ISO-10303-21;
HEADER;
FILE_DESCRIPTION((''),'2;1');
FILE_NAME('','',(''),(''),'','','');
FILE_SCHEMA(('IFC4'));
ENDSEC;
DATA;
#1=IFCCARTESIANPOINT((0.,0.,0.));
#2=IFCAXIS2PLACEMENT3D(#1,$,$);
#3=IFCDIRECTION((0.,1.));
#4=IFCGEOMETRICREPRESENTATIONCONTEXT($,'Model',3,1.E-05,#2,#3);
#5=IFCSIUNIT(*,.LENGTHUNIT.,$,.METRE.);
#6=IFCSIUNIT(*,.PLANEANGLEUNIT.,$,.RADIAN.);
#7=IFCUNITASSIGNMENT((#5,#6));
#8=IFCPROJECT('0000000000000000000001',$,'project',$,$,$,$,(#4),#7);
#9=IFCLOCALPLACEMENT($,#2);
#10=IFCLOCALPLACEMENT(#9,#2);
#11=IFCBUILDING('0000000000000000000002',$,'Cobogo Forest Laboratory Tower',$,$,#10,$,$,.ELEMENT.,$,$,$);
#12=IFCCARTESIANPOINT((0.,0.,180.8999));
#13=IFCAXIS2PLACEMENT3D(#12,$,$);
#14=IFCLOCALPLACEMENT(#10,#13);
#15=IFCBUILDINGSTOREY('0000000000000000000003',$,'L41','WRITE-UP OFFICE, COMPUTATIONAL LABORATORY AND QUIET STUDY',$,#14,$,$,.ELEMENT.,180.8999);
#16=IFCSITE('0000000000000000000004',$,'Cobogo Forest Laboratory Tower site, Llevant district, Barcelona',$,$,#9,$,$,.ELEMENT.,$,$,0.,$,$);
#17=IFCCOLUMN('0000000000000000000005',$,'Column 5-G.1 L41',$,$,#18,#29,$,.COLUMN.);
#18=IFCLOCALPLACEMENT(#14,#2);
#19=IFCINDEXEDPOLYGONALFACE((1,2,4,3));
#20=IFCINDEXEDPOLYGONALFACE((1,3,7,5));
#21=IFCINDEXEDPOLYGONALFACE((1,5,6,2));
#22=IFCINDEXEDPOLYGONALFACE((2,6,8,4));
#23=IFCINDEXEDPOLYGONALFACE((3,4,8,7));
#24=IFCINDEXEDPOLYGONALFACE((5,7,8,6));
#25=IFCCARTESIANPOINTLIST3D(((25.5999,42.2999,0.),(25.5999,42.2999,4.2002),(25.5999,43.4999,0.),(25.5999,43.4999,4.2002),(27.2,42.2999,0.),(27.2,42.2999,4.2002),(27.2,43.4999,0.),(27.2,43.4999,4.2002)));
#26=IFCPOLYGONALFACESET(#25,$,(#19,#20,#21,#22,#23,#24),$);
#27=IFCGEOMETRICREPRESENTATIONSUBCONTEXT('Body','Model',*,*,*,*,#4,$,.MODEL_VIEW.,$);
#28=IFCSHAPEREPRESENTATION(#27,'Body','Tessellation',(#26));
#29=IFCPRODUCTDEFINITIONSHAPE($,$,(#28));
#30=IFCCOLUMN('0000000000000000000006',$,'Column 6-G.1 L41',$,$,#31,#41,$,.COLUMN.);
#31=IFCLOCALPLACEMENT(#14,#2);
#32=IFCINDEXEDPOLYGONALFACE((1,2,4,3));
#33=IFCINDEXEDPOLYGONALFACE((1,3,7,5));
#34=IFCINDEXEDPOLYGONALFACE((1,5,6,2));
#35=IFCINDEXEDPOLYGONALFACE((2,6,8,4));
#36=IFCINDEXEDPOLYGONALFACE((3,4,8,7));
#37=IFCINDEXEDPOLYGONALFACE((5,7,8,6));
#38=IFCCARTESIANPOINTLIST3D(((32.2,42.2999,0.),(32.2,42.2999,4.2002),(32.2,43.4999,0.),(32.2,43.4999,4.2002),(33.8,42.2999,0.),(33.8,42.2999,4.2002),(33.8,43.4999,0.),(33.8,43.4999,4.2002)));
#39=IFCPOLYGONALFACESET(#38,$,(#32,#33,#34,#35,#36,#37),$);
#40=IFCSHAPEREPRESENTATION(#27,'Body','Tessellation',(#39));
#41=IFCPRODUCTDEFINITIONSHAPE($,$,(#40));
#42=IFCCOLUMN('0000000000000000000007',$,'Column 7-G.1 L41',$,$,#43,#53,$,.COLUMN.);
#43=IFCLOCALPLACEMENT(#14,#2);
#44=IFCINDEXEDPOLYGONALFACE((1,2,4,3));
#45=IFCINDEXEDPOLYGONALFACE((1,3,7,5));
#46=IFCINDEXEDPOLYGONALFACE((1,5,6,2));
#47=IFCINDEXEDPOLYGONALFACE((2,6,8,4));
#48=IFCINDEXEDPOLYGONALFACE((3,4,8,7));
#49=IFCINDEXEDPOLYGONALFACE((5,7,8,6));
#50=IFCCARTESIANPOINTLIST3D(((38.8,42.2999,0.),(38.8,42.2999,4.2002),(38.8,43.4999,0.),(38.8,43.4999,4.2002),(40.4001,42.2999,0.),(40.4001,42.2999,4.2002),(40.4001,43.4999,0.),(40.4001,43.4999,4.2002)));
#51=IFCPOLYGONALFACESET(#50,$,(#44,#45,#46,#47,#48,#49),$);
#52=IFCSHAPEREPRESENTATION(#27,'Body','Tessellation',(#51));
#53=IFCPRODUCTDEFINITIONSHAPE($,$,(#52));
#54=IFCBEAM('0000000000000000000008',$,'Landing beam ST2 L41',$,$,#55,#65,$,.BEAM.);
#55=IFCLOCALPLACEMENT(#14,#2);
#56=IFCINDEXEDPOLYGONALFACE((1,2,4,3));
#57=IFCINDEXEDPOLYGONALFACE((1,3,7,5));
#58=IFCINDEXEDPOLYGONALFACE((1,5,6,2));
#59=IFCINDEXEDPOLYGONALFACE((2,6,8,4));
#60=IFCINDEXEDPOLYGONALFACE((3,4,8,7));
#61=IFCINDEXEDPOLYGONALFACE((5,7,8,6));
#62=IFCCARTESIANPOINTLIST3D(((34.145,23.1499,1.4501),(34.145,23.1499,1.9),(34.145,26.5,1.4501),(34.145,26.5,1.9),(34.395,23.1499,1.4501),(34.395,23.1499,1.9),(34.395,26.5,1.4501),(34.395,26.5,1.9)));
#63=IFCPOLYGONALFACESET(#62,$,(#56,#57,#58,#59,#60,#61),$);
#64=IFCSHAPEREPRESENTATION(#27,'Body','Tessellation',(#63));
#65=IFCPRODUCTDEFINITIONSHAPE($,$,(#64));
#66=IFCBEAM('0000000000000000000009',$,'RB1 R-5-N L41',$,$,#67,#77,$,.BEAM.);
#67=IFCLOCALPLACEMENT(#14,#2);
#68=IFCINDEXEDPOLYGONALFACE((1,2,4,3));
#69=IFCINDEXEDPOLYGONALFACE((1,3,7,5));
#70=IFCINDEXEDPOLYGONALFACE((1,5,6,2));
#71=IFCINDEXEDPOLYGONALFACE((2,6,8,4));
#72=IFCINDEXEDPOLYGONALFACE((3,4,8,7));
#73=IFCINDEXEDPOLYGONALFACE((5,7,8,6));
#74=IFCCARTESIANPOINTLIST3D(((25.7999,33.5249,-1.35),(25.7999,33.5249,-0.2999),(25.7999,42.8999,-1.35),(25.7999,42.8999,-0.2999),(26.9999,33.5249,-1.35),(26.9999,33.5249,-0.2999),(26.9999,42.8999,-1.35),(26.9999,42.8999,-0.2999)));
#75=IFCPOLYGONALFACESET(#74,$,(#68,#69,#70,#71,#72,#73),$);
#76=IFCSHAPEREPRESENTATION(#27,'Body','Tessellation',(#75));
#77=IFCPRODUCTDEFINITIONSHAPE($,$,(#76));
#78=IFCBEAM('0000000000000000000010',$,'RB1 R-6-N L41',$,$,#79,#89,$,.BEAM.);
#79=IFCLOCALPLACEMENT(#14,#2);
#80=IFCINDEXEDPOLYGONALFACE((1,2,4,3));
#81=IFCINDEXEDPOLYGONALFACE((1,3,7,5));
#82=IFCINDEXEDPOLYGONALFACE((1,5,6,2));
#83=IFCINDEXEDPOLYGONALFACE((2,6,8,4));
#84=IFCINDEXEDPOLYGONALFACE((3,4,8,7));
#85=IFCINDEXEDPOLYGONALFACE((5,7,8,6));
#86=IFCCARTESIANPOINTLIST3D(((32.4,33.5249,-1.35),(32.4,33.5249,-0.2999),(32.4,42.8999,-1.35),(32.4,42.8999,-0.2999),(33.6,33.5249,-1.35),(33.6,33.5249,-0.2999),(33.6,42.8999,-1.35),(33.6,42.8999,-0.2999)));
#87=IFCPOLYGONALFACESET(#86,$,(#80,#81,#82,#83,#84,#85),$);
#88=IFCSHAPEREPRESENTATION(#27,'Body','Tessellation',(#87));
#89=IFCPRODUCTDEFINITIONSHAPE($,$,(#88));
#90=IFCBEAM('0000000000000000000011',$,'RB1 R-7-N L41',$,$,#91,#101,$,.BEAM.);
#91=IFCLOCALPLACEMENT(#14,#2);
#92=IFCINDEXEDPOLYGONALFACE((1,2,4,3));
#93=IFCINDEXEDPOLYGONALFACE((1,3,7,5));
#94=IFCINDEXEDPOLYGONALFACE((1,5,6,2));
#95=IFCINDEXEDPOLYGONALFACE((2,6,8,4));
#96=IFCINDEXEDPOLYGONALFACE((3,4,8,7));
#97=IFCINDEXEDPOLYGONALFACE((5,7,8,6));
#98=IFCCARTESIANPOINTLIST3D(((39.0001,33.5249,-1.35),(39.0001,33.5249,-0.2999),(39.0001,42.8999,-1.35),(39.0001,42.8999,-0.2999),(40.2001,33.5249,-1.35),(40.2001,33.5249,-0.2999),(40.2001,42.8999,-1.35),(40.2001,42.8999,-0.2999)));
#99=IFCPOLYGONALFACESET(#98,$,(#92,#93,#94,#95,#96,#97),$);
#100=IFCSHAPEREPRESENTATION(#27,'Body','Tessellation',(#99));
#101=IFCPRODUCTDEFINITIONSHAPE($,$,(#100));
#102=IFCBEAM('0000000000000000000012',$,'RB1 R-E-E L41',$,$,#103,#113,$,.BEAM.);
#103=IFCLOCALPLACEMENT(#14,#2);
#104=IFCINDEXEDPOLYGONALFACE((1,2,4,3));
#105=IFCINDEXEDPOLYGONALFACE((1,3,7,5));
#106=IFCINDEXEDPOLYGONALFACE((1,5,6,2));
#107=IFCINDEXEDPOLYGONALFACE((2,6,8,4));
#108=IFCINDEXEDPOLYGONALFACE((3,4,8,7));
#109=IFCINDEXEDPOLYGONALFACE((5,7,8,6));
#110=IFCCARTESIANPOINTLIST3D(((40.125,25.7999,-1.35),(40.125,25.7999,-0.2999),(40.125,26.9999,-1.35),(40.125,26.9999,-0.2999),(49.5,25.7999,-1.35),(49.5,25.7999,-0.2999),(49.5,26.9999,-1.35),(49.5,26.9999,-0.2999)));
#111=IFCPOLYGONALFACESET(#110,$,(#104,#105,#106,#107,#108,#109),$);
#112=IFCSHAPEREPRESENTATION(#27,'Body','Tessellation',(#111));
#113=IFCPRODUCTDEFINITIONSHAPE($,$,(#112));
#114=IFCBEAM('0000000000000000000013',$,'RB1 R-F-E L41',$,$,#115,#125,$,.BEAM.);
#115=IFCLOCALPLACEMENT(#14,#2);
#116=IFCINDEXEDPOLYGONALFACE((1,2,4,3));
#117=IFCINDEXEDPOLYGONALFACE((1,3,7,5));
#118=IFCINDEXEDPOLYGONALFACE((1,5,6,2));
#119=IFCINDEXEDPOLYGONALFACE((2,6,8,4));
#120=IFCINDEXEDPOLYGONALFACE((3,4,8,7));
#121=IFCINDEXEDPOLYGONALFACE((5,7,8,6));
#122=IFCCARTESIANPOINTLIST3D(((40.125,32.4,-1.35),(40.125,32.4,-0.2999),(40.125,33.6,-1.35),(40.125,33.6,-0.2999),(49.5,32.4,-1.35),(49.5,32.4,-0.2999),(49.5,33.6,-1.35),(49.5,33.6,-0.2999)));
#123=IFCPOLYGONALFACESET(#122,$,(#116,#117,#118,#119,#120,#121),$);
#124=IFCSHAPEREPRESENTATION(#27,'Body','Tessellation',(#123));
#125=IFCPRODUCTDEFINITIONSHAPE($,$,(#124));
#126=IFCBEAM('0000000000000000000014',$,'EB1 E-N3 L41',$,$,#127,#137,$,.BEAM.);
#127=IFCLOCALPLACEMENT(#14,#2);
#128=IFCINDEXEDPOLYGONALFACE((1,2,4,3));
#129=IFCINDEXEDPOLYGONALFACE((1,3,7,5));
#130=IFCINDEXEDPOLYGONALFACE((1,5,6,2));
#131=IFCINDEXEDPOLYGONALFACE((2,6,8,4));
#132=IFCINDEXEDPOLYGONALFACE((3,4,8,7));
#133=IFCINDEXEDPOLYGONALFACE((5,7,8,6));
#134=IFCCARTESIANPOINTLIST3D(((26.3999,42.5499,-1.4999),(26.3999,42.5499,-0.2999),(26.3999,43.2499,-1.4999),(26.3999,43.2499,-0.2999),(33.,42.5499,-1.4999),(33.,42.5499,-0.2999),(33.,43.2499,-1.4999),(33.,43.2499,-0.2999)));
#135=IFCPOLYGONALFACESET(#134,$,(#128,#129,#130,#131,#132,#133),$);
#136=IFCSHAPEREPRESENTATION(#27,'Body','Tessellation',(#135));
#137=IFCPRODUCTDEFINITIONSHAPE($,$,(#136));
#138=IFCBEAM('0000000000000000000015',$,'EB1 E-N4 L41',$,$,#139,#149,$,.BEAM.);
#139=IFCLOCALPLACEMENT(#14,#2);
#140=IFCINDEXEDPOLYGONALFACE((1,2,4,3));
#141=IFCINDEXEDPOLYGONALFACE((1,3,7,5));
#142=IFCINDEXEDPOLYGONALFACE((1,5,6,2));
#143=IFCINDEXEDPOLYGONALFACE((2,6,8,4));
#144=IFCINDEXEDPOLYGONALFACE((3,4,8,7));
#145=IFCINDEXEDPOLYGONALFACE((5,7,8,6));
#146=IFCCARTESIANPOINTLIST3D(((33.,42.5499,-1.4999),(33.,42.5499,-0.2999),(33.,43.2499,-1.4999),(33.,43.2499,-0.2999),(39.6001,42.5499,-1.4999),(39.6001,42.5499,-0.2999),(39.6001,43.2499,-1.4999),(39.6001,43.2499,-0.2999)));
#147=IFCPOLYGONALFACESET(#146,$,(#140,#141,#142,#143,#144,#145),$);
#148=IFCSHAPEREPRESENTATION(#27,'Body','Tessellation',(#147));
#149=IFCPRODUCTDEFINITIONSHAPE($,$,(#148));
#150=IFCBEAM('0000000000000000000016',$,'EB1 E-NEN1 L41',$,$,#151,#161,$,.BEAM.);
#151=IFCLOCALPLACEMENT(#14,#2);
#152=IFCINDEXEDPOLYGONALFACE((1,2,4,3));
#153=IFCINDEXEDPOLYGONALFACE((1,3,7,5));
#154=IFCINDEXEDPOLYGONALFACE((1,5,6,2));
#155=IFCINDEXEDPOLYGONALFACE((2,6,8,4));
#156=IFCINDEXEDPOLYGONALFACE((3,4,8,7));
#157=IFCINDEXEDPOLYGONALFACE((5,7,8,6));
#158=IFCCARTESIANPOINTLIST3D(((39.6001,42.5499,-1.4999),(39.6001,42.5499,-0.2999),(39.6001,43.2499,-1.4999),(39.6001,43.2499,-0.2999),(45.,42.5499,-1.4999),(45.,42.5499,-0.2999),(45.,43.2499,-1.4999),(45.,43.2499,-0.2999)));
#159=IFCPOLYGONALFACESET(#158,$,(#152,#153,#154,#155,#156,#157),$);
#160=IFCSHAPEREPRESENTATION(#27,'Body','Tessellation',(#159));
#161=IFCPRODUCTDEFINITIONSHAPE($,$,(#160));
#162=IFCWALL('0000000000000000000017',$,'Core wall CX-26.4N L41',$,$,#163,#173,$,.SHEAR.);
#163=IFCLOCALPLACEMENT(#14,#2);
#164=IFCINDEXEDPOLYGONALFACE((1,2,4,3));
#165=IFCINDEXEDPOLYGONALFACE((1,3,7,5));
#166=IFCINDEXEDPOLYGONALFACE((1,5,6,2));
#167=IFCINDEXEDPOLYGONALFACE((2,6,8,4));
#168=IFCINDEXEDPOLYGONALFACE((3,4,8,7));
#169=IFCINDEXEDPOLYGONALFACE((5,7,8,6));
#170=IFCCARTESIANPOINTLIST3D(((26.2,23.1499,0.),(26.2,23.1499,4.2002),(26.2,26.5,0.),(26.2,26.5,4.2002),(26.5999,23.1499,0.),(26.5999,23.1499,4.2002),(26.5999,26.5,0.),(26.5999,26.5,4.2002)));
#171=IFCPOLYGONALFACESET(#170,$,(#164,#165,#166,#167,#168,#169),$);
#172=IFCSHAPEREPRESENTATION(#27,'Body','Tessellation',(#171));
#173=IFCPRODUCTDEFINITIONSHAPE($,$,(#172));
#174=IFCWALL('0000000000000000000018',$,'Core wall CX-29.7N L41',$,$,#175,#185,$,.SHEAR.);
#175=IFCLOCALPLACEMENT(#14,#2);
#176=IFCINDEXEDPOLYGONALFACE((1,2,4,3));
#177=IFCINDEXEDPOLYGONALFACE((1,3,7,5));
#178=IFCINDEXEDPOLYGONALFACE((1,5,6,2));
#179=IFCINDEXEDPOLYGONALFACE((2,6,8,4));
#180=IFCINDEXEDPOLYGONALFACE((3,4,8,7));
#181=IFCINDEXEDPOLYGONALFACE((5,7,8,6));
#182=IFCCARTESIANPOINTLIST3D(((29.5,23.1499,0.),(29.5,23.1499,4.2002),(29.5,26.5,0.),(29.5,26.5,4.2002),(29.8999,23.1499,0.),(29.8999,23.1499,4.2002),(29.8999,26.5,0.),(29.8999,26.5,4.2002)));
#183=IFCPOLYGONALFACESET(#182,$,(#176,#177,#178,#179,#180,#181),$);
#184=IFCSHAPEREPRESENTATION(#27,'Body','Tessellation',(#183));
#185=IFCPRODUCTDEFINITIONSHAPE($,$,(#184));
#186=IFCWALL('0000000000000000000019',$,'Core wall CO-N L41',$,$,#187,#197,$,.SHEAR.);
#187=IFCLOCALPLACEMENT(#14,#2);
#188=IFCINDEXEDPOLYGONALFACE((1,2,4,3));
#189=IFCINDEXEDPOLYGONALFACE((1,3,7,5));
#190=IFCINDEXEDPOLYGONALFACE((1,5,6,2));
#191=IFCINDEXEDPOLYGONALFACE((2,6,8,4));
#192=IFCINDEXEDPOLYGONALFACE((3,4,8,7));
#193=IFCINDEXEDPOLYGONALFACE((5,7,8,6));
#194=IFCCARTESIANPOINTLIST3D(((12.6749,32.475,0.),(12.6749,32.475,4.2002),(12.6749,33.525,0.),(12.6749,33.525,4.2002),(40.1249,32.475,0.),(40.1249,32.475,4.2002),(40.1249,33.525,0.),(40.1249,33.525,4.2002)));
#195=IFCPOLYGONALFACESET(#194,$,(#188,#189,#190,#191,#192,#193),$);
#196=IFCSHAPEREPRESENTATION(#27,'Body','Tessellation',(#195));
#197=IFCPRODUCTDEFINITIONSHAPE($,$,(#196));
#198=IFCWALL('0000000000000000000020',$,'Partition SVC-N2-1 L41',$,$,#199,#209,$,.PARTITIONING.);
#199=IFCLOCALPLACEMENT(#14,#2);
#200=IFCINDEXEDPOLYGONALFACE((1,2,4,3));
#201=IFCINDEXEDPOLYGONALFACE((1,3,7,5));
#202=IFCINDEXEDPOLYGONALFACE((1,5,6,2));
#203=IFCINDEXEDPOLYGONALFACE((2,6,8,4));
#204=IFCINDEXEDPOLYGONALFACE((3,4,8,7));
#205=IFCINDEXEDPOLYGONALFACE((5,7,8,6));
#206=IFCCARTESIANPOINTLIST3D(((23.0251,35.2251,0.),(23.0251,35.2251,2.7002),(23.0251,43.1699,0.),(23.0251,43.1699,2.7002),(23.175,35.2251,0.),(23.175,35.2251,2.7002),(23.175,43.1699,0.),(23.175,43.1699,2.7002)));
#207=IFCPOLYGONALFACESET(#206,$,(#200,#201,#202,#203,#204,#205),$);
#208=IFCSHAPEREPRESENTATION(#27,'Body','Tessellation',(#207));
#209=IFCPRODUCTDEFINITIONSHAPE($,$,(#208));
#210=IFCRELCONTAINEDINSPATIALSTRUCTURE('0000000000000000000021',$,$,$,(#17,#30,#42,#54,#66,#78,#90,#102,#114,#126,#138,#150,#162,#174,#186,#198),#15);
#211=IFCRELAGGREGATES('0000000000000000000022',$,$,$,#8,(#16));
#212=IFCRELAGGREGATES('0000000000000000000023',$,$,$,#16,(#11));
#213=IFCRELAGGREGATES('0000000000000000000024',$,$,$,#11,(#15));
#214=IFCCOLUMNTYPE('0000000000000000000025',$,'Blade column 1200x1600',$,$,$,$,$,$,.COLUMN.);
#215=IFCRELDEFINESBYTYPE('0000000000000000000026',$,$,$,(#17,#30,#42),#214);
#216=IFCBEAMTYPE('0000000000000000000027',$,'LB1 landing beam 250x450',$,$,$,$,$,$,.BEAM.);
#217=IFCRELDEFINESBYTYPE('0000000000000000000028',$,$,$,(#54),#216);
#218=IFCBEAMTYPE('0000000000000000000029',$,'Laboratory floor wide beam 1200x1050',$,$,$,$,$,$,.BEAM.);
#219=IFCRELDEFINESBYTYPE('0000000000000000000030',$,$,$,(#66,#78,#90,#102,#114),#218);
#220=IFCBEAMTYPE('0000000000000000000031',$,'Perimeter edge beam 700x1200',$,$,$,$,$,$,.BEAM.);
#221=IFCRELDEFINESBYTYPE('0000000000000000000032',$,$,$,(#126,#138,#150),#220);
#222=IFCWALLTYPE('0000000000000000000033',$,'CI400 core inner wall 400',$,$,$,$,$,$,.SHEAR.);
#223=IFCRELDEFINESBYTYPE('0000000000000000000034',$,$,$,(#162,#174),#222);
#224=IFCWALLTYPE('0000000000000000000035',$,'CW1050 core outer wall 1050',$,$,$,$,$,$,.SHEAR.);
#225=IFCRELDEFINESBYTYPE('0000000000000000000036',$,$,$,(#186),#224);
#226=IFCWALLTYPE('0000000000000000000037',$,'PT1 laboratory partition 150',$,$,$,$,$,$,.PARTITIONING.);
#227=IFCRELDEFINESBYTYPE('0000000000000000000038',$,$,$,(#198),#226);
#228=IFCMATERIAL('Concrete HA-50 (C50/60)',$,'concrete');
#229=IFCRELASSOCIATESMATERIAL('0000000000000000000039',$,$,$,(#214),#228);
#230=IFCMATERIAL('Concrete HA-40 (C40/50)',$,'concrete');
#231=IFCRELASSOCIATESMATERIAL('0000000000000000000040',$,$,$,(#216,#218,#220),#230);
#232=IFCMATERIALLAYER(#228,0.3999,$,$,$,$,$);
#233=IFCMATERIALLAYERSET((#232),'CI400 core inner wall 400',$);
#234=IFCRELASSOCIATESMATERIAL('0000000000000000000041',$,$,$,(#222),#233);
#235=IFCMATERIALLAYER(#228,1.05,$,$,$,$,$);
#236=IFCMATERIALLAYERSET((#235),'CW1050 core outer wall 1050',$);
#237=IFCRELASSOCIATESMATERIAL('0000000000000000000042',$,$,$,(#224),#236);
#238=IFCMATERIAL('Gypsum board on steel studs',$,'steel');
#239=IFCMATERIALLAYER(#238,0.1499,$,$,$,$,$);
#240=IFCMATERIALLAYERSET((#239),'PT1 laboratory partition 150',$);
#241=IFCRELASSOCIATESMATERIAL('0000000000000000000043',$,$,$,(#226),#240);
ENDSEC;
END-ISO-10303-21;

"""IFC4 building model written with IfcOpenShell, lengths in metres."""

from ifc_helpers import new_model, si_unit, direction, frame, frame_2d, origin, origin_2d, place, context, subcontext, project, spatial, rectangle, extrude, material, layer, layer_set, material_profile, profile_set, type_object, element, save


model = new_model("IFC4")

# Units and contexts
model_context = context("Model", 3, precision=1e-05, world=origin(), true_north=direction((0.0, 1.0)))
body_context = subcontext(model_context, "Body", "Model", "MODEL_VIEW")
ifc_project = project(units=[si_unit("LENGTHUNIT", "METRE"), si_unit("PLANEANGLEUNIT", "RADIAN")], contexts=[model_context])

# Site, building, storey
site_placement = place(None, origin())
site = spatial("IfcSite", under=ifc_project, at=site_placement, Name="Cobogo Forest Laboratory Tower site, Llevant district, Barcelona", CompositionType="ELEMENT", RefElevation=0.0)
building_placement = place(site_placement, origin())
building = spatial("IfcBuilding", under=site, at=building_placement, Name="Cobogo Forest Laboratory Tower", CompositionType="ELEMENT")
storey_placement = place(building_placement, frame((0.0, 0.0, 180.8999)))
storey = spatial("IfcBuildingStorey", under=building, at=storey_placement, Name="L41", Description="WRITE-UP OFFICE, COMPUTATIONAL LABORATORY AND QUIET STUDY", CompositionType="ELEMENT", Elevation=180.8999)

# Columns
ifc_material_1 = material(Name="Concrete HA-50 (C50/60)", Category="concrete")
ifc_material_profile_1 = material_profile(ifc_material_1, rectangle(XDim=1.6001, YDim=1.2, at=origin_2d()), Name="RC 1200x1600")
ifc_profile_set_1 = profile_set([ifc_material_profile_1], Name="Concrete HA-50 (C50/60)")
column_type = type_object("IfcColumnType", Name="Blade column 1200x1600", PredefinedType="COLUMN", material=ifc_profile_set_1)
for number, where, z_axis, x_axis, name in (
    (1, (26.3999, 42.8999, 0.0), (0.0, 0.0, 1.0), (1.0, 0.0, 0.0), "Column 5-G.1 L41"),
    (2, (33.0, 42.8999, 0.0), (0.0, 0.0, 1.0), (1.0, 0.0, 0.0), "Column 6-G.1 L41"),
    (3, (39.6001, 42.8999, 0.0), (0.0, 0.0, 1.0), (1.0, 0.0, 0.0), "Column 7-G.1 L41"),
):
    element("IfcColumn", number, at=place(storey_placement, frame(where, z_axis=z_axis, x_axis=x_axis)), inside=storey, type_object=column_type, Name=name, PredefinedType="COLUMN", context=body_context, shape_type="SweptSolid", body=[
        extrude(rectangle(XDim=1.6001, YDim=1.2, at=origin_2d()), origin(), (0.0, 0.0, 1.0), 4.2002),
    ])

# Beams
ifc_material_2 = material(Name="Concrete HA-40 (C40/50)", Category="concrete")
ifc_material_profile_2 = material_profile(ifc_material_2, rectangle(XDim=0.25, YDim=0.45, at=origin_2d()), Name="RC 250x450")
ifc_profile_set_2 = profile_set([ifc_material_profile_2], Name="Concrete HA-40 (C40/50)")
beam_type_1 = type_object("IfcBeamType", Name="LB1 landing beam 250x450", PredefinedType="BEAM", material=ifc_profile_set_2)
beam_1_placement = place(storey_placement, frame((34.27, 23.1499, 1.675), z_axis=(0.0, 1.0, 0.0), x_axis=(-1.0, 0.0, 0.0)))
element("IfcBeam", 4, at=beam_1_placement, inside=storey, type_object=beam_type_1, Name="Landing beam ST2 L41", PredefinedType="BEAM", context=body_context, shape_type="SweptSolid", body=[
    extrude(rectangle(XDim=0.25, YDim=0.45, at=origin_2d()), origin(), (0.0, 0.0, 1.0), 3.3501),
])
ifc_material_profile_3 = material_profile(ifc_material_2, rectangle(XDim=1.2, YDim=1.05, at=origin_2d()), Name="RC 1200x1050")
ifc_profile_set_3 = profile_set([ifc_material_profile_3], Name="Concrete HA-40 (C40/50)")
beam_type_2 = type_object("IfcBeamType", Name="Laboratory floor wide beam 1200x1050", PredefinedType="BEAM", material=ifc_profile_set_3)
for number, where, z_axis, x_axis, name in (
    (5, (26.3999, 33.5249, -0.825), (0.0, 1.0, 0.0), (-1.0, 0.0, 0.0), "RB1 R-5-N L41"),
    (6, (33.0, 33.5249, -0.825), (0.0, 1.0, 0.0), (-1.0, 0.0, 0.0), "RB1 R-6-N L41"),
    (7, (39.6001, 33.5249, -0.825), (0.0, 1.0, 0.0), (-1.0, 0.0, 0.0), "RB1 R-7-N L41"),
    (8, (40.125, 26.3999, -0.825), (1.0, 0.0, 0.0), (0.0, 1.0, 0.0), "RB1 R-E-E L41"),
    (9, (40.125, 33.0, -0.825), (1.0, 0.0, 0.0), (0.0, 1.0, 0.0), "RB1 R-F-E L41"),
):
    element("IfcBeam", number, at=place(storey_placement, frame(where, z_axis=z_axis, x_axis=x_axis)), inside=storey, type_object=beam_type_2, Name=name, PredefinedType="BEAM", context=body_context, shape_type="SweptSolid", body=[
        extrude(rectangle(XDim=1.2, YDim=1.05, at=origin_2d()), origin(), (0.0, 0.0, 1.0), 9.375),
    ])
ifc_material_profile_4 = material_profile(ifc_material_2, rectangle(XDim=0.7, YDim=1.2, at=origin_2d()), Name="RC 700x1200")
ifc_profile_set_4 = profile_set([ifc_material_profile_4], Name="Concrete HA-40 (C40/50)")
beam_type_3 = type_object("IfcBeamType", Name="Perimeter edge beam 700x1200", PredefinedType="BEAM", material=ifc_profile_set_4)
for number, where, z_axis, x_axis, name in (
    (10, (26.3999, 42.8999, -0.8999), (1.0, 0.0, 0.0), (0.0, 1.0, 0.0), "EB1 E-N3 L41"),
    (11, (33.0, 42.8999, -0.8999), (1.0, 0.0, 0.0), (0.0, 1.0, 0.0), "EB1 E-N4 L41"),
):
    element("IfcBeam", number, at=place(storey_placement, frame(where, z_axis=z_axis, x_axis=x_axis)), inside=storey, type_object=beam_type_3, Name=name, PredefinedType="BEAM", context=body_context, shape_type="SweptSolid", body=[
        extrude(rectangle(XDim=0.7, YDim=1.2, at=origin_2d()), origin(), (0.0, 0.0, 1.0), 6.6001),
    ])
beam_2_placement = place(storey_placement, frame((39.6001, 42.8999, -0.8999), z_axis=(1.0, 0.0, 0.0), x_axis=(0.0, 1.0, 0.0)))
element("IfcBeam", 12, at=beam_2_placement, inside=storey, type_object=beam_type_3, Name="EB1 E-NEN1 L41", PredefinedType="BEAM", context=body_context, shape_type="SweptSolid", body=[
    extrude(rectangle(XDim=0.7, YDim=1.2, at=origin_2d()), origin(), (0.0, 0.0, 1.0), 5.3999),
])

# Walls
ifc_layer_1 = layer(ifc_material_1, 0.3999)
ifc_layer_set_1 = layer_set([ifc_layer_1], Name="CI400 core inner wall 400")
wall_type_1 = type_object("IfcWallType", Name="CI400 core inner wall 400", PredefinedType="SHEAR", material=ifc_layer_set_1)
for number, where, z_axis, x_axis, name in (
    (13, (26.3999, 23.1499, 0.0), (0.0, 0.0, 1.0), (0.0, 1.0, 0.0), "Core wall CX-26.4N L41"),
    (14, (29.7, 23.1499, 0.0), (0.0, 0.0, 1.0), (0.0, 1.0, 0.0), "Core wall CX-29.7N L41"),
):
    element("IfcWall", number, at=place(storey_placement, frame(where, z_axis=z_axis, x_axis=x_axis)), inside=storey, type_object=wall_type_1, Name=name, PredefinedType="SHEAR", context=body_context, shape_type="SweptSolid", body=[
        extrude(rectangle(XDim=3.3501, YDim=0.3999, at=frame_2d((1.675, 0.0))), origin(), (0.0, 0.0, 1.0), 4.2002),
    ])
ifc_layer_2 = layer(ifc_material_1, 1.05)
ifc_layer_set_2 = layer_set([ifc_layer_2], Name="CW1050 core outer wall 1050")
wall_type_2 = type_object("IfcWallType", Name="CW1050 core outer wall 1050", PredefinedType="SHEAR", material=ifc_layer_set_2)
wall_1_placement = place(storey_placement, frame((40.125, 33.0, 0.0), z_axis=(0.0, 0.0, 1.0), x_axis=(-1.0, 0.0, 0.0)))
element("IfcWall", 15, at=wall_1_placement, inside=storey, type_object=wall_type_2, Name="Core wall CO-N L41", PredefinedType="SHEAR", context=body_context, shape_type="SweptSolid", body=[
    extrude(rectangle(XDim=27.45, YDim=1.05, at=frame_2d((13.7251, 0.0))), origin(), (0.0, 0.0, 1.0), 4.2002),
])
ifc_material_3 = material(Name="Gypsum board on steel studs", Category="steel")
ifc_layer_3 = layer(ifc_material_3, 0.1499)
ifc_layer_set_3 = layer_set([ifc_layer_3], Name="PT1 laboratory partition 150")
wall_type_3 = type_object("IfcWallType", Name="PT1 laboratory partition 150", PredefinedType="PARTITIONING", material=ifc_layer_set_3)
wall_2_placement = place(storey_placement, frame((23.1001, 43.1699, 0.0), z_axis=(0.0, 0.0, 1.0), x_axis=(0.0, -1.0, 0.0)))
element("IfcWall", 16, at=wall_2_placement, inside=storey, type_object=wall_type_3, Name="Partition SVC-N2-1 L41", PredefinedType="PARTITIONING", context=body_context, shape_type="SweptSolid", body=[
    extrude(rectangle(XDim=7.9448, YDim=0.1499, at=frame_2d((3.9724, 0.0))), origin(), (0.0, 0.0, 1.0), 2.7002),
])

save(model, "model.ifc")
